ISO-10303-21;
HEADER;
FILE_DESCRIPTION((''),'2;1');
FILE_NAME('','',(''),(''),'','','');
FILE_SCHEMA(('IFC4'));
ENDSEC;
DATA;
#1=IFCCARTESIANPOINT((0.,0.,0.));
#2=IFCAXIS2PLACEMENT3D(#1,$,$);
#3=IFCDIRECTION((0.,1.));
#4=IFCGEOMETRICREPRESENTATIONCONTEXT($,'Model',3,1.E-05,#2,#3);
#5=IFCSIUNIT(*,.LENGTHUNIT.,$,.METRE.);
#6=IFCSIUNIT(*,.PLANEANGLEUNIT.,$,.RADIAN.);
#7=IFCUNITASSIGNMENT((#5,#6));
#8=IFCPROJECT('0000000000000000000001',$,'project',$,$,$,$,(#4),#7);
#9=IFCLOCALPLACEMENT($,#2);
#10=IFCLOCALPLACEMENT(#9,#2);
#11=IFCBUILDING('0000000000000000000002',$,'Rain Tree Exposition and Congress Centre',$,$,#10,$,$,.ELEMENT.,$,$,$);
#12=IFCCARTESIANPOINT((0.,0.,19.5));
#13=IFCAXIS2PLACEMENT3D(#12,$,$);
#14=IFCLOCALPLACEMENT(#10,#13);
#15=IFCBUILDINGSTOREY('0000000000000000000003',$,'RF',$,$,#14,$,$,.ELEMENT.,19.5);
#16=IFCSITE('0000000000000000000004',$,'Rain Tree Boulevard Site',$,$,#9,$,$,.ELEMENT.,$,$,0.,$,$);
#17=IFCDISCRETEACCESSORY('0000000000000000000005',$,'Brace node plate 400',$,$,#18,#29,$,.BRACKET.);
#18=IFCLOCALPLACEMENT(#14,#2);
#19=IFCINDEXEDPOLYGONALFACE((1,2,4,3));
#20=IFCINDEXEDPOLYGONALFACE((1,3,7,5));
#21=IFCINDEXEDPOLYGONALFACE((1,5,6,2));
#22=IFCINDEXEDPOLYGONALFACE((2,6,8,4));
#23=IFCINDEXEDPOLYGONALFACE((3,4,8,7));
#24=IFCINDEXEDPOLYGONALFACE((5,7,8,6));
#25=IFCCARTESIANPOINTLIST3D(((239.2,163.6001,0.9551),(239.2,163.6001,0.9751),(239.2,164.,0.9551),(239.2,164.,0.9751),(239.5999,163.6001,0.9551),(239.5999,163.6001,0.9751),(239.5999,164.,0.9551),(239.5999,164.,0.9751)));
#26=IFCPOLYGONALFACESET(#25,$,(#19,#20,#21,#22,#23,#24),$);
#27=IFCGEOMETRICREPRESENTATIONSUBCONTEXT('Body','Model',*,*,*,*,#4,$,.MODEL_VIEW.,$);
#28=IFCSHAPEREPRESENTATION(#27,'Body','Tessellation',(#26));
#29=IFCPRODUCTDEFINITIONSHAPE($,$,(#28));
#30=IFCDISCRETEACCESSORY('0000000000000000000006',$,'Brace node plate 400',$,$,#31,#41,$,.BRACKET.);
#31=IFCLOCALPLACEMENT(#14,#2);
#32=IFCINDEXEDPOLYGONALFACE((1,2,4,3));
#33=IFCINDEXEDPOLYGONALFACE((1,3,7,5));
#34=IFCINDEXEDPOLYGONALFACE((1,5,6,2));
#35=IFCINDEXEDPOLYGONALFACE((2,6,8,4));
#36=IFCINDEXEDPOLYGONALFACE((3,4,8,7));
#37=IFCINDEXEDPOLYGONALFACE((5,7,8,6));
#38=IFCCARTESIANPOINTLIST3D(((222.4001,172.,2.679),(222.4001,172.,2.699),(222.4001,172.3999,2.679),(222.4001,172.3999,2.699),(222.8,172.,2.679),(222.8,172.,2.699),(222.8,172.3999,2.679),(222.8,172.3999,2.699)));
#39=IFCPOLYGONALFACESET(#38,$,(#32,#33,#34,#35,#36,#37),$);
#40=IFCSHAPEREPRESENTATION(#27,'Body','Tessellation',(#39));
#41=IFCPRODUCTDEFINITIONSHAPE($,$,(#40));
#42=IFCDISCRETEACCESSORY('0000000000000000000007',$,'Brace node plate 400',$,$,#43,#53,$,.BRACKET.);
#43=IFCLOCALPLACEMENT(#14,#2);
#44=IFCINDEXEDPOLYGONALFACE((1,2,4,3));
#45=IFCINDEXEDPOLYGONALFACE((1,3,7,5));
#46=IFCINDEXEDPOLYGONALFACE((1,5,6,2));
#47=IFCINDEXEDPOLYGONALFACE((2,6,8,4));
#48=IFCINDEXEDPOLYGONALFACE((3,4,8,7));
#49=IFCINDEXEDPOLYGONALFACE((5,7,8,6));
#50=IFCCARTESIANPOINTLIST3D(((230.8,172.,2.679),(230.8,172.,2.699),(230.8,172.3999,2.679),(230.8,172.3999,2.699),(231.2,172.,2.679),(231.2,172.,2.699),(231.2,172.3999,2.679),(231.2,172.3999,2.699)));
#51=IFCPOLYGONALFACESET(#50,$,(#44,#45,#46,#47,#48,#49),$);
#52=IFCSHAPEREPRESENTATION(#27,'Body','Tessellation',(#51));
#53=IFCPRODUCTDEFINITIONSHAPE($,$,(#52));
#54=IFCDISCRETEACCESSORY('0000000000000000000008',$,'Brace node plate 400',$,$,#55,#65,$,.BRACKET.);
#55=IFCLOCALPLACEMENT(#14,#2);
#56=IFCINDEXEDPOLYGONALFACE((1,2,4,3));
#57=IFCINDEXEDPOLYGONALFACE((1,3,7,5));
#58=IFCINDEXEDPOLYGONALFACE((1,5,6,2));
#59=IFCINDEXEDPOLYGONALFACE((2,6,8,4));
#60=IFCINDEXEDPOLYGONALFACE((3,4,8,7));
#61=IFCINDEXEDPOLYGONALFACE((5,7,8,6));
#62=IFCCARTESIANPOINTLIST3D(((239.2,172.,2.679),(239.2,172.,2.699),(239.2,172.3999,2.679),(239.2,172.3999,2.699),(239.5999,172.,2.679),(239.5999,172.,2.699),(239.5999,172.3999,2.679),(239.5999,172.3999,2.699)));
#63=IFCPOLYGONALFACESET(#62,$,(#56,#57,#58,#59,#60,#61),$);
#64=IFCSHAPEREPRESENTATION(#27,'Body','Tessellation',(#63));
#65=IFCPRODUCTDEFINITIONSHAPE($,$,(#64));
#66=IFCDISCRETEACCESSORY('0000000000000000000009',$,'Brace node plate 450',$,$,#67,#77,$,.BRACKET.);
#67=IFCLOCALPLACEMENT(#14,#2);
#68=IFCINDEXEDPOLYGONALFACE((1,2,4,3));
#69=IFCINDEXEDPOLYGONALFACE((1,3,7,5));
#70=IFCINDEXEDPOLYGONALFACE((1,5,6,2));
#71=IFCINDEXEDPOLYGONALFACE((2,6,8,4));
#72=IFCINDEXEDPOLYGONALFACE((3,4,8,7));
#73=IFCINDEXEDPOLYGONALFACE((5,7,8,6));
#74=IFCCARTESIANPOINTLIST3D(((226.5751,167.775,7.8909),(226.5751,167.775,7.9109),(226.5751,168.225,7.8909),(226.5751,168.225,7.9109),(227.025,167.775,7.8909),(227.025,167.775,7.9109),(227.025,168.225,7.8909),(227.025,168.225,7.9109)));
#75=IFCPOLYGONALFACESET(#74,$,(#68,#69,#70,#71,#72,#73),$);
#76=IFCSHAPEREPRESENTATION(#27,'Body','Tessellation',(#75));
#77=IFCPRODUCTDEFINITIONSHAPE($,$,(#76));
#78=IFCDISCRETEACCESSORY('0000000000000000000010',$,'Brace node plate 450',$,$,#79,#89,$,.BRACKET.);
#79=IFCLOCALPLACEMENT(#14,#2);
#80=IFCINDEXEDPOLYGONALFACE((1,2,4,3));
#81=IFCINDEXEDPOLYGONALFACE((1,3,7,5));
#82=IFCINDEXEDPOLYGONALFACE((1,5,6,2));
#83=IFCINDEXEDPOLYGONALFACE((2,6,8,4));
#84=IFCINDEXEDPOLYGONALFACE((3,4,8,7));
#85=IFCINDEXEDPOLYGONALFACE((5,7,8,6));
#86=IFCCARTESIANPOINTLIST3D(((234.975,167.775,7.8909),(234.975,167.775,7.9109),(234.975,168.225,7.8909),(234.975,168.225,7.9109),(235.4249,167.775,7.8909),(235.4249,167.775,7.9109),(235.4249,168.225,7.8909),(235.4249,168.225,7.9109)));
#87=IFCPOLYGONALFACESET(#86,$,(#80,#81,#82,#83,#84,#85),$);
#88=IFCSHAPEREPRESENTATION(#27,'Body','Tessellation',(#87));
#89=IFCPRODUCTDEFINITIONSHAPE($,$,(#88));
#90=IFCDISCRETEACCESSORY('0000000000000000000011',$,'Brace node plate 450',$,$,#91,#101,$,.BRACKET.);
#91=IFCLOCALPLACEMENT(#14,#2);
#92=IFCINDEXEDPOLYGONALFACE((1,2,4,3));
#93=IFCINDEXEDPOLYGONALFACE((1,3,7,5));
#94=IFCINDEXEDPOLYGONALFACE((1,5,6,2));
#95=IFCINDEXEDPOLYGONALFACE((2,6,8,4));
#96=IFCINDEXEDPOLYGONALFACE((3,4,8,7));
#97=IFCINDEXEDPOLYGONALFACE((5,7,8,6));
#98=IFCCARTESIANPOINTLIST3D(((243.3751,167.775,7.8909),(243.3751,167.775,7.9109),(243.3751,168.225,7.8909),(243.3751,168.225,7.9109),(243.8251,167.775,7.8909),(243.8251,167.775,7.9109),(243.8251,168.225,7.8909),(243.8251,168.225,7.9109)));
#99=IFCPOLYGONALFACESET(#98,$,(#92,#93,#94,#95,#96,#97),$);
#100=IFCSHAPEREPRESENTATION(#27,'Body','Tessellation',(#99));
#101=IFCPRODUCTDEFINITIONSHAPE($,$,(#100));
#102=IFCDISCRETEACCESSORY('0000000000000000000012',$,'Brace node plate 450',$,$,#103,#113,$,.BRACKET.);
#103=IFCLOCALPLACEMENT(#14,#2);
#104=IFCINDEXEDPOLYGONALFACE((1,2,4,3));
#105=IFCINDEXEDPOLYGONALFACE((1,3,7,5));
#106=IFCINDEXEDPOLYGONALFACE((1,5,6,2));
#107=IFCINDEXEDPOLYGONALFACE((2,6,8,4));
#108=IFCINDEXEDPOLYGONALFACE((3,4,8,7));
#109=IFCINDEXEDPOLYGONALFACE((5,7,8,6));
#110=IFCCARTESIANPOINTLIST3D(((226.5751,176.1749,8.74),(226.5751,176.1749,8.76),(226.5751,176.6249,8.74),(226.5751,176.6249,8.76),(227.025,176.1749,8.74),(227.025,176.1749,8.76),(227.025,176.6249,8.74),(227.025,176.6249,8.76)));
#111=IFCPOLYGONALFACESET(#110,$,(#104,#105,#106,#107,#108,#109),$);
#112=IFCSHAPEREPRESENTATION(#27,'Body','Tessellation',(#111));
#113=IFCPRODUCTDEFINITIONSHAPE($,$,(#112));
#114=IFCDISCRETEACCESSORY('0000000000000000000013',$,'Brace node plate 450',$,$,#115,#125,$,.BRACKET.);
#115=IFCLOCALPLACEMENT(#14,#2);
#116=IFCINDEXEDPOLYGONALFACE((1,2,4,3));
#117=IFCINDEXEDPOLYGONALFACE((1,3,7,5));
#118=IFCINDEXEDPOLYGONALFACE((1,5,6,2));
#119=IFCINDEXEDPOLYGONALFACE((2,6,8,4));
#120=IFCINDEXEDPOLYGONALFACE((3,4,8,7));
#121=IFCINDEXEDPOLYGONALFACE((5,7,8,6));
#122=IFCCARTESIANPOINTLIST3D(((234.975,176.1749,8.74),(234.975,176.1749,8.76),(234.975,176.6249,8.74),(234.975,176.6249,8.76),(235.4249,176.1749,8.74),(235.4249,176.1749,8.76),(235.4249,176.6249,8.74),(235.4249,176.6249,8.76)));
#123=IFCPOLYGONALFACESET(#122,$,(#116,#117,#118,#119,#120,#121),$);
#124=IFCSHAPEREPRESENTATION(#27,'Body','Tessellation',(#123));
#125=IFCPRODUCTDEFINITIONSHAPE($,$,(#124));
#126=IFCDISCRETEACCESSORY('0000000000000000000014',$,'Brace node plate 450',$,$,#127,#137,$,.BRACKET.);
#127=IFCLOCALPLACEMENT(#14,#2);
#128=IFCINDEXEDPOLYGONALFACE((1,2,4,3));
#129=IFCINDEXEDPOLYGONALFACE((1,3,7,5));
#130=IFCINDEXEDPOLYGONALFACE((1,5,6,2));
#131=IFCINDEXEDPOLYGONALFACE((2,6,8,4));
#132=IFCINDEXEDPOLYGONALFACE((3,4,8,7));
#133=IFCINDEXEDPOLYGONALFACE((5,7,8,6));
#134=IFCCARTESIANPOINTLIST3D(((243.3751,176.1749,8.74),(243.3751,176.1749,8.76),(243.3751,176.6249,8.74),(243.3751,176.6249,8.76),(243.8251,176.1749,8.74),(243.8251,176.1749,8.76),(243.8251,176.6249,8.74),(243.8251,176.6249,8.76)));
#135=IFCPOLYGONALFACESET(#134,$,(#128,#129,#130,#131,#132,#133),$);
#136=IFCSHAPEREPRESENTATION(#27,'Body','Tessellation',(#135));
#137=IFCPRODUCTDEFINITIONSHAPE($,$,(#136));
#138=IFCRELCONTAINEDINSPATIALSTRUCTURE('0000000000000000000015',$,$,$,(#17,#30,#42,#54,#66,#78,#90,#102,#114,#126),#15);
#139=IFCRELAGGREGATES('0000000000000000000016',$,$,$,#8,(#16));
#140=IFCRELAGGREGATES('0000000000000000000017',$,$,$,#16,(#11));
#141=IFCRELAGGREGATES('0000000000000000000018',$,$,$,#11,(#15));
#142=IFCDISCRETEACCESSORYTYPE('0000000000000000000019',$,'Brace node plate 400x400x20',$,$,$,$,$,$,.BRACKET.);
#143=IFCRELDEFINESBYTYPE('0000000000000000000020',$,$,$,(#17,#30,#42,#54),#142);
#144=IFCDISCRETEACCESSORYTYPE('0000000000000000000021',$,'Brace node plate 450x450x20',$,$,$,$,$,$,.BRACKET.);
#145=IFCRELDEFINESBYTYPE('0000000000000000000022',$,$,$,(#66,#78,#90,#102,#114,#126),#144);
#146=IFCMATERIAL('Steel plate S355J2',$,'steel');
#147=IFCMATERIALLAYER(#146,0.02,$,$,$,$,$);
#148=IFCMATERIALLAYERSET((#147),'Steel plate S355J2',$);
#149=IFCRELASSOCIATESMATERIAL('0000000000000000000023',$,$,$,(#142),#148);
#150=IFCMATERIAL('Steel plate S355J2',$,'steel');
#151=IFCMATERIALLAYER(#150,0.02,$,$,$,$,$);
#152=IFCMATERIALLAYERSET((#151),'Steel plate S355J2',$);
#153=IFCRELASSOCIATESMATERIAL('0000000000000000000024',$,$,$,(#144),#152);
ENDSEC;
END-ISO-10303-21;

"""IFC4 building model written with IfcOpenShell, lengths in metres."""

from ifc_helpers import new_model, si_unit, direction, frame, origin, origin_2d, place, context, subcontext, project, spatial, rectangle, extrude, material, layer, layer_set, type_object, element, save


model = new_model("IFC4")

# Units and contexts
model_context = context("Model", 3, precision=1e-05, world=origin(), true_north=direction((0.0, 1.0)))
body_context = subcontext(model_context, "Body", "Model", "MODEL_VIEW")
ifc_project = project(units=[si_unit("LENGTHUNIT", "METRE"), si_unit("PLANEANGLEUNIT", "RADIAN")], contexts=[model_context])

# Site, building, storey
site_placement = place(None, origin())
site = spatial("IfcSite", under=ifc_project, at=site_placement, Name="Rain Tree Boulevard Site", CompositionType="ELEMENT", RefElevation=0.0)
building_placement = place(site_placement, origin())
building = spatial("IfcBuilding", under=site, at=building_placement, Name="Rain Tree Exposition and Congress Centre", CompositionType="ELEMENT")
storey_placement = place(building_placement, frame((0.0, 0.0, 19.5)))
storey = spatial("IfcBuildingStorey", under=building, at=storey_placement, Name="RF", CompositionType="ELEMENT", Elevation=19.5)

# Discrete accessories
ifc_material_1 = material(Name="Steel plate S355J2", Category="steel")
ifc_layer_1 = layer(ifc_material_1, 0.02)
ifc_layer_set_1 = layer_set([ifc_layer_1], Name="Steel plate S355J2")
discrete_accessory_type_1 = type_object("IfcDiscreteAccessoryType", Name="Brace node plate 400x400x20", PredefinedType="BRACKET", material=ifc_layer_set_1)
for number, where, z_axis, x_axis, name in (
    (1, (239.3999, 163.8, 0.9551), (0.0, 0.0, 1.0), (1.0, 0.0, 0.0), "Brace node plate 400"),
    (2, (222.6001, 172.2, 2.679), (0.0, 0.0, 1.0), (1.0, 0.0, 0.0), "Brace node plate 400"),
    (3, (231.0, 172.2, 2.679), (0.0, 0.0, 1.0), (1.0, 0.0, 0.0), "Brace node plate 400"),
    (4, (239.3999, 172.2, 2.679), (0.0, 0.0, 1.0), (1.0, 0.0, 0.0), "Brace node plate 400"),
):
    element("IfcDiscreteAccessory", number, at=place(storey_placement, frame(where, z_axis=z_axis, x_axis=x_axis)), inside=storey, type_object=discrete_accessory_type_1, Name=name, PredefinedType="BRACKET", context=body_context, shape_type="SweptSolid", body=[
        extrude(rectangle(XDim=0.3999, YDim=0.3999, at=origin_2d()), origin(), (0.0, 0.0, 1.0), 0.02),
    ])
ifc_material_2 = material(Name="Steel plate S355J2", Category="steel")
ifc_layer_2 = layer(ifc_material_2, 0.02)
ifc_layer_set_2 = layer_set([ifc_layer_2], Name="Steel plate S355J2")
discrete_accessory_type_2 = type_object("IfcDiscreteAccessoryType", Name="Brace node plate 450x450x20", PredefinedType="BRACKET", material=ifc_layer_set_2)
for number, where, z_axis, x_axis, name in (
    (5, (226.8, 168.0, 7.8909), (0.0, 0.0, 1.0), (1.0, 0.0, 0.0), "Brace node plate 450"),
    (6, (235.2, 168.0, 7.8909), (0.0, 0.0, 1.0), (1.0, 0.0, 0.0), "Brace node plate 450"),
    (7, (243.6001, 168.0, 7.8909), (0.0, 0.0, 1.0), (1.0, 0.0, 0.0), "Brace node plate 450"),
    (8, (226.8, 176.3999, 8.74), (0.0, 0.0, 1.0), (1.0, 0.0, 0.0), "Brace node plate 450"),
    (9, (235.2, 176.3999, 8.74), (0.0, 0.0, 1.0), (1.0, 0.0, 0.0), "Brace node plate 450"),
    (10, (243.6001, 176.3999, 8.74), (0.0, 0.0, 1.0), (1.0, 0.0, 0.0), "Brace node plate 450"),
):
    element("IfcDiscreteAccessory", number, at=place(storey_placement, frame(where, z_axis=z_axis, x_axis=x_axis)), inside=storey, type_object=discrete_accessory_type_2, Name=name, PredefinedType="BRACKET", context=body_context, shape_type="SweptSolid", body=[
        extrude(rectangle(XDim=0.45, YDim=0.45, at=origin_2d()), origin(), (0.0, 0.0, 1.0), 0.02),
    ])

save(model, "model.ifc")
